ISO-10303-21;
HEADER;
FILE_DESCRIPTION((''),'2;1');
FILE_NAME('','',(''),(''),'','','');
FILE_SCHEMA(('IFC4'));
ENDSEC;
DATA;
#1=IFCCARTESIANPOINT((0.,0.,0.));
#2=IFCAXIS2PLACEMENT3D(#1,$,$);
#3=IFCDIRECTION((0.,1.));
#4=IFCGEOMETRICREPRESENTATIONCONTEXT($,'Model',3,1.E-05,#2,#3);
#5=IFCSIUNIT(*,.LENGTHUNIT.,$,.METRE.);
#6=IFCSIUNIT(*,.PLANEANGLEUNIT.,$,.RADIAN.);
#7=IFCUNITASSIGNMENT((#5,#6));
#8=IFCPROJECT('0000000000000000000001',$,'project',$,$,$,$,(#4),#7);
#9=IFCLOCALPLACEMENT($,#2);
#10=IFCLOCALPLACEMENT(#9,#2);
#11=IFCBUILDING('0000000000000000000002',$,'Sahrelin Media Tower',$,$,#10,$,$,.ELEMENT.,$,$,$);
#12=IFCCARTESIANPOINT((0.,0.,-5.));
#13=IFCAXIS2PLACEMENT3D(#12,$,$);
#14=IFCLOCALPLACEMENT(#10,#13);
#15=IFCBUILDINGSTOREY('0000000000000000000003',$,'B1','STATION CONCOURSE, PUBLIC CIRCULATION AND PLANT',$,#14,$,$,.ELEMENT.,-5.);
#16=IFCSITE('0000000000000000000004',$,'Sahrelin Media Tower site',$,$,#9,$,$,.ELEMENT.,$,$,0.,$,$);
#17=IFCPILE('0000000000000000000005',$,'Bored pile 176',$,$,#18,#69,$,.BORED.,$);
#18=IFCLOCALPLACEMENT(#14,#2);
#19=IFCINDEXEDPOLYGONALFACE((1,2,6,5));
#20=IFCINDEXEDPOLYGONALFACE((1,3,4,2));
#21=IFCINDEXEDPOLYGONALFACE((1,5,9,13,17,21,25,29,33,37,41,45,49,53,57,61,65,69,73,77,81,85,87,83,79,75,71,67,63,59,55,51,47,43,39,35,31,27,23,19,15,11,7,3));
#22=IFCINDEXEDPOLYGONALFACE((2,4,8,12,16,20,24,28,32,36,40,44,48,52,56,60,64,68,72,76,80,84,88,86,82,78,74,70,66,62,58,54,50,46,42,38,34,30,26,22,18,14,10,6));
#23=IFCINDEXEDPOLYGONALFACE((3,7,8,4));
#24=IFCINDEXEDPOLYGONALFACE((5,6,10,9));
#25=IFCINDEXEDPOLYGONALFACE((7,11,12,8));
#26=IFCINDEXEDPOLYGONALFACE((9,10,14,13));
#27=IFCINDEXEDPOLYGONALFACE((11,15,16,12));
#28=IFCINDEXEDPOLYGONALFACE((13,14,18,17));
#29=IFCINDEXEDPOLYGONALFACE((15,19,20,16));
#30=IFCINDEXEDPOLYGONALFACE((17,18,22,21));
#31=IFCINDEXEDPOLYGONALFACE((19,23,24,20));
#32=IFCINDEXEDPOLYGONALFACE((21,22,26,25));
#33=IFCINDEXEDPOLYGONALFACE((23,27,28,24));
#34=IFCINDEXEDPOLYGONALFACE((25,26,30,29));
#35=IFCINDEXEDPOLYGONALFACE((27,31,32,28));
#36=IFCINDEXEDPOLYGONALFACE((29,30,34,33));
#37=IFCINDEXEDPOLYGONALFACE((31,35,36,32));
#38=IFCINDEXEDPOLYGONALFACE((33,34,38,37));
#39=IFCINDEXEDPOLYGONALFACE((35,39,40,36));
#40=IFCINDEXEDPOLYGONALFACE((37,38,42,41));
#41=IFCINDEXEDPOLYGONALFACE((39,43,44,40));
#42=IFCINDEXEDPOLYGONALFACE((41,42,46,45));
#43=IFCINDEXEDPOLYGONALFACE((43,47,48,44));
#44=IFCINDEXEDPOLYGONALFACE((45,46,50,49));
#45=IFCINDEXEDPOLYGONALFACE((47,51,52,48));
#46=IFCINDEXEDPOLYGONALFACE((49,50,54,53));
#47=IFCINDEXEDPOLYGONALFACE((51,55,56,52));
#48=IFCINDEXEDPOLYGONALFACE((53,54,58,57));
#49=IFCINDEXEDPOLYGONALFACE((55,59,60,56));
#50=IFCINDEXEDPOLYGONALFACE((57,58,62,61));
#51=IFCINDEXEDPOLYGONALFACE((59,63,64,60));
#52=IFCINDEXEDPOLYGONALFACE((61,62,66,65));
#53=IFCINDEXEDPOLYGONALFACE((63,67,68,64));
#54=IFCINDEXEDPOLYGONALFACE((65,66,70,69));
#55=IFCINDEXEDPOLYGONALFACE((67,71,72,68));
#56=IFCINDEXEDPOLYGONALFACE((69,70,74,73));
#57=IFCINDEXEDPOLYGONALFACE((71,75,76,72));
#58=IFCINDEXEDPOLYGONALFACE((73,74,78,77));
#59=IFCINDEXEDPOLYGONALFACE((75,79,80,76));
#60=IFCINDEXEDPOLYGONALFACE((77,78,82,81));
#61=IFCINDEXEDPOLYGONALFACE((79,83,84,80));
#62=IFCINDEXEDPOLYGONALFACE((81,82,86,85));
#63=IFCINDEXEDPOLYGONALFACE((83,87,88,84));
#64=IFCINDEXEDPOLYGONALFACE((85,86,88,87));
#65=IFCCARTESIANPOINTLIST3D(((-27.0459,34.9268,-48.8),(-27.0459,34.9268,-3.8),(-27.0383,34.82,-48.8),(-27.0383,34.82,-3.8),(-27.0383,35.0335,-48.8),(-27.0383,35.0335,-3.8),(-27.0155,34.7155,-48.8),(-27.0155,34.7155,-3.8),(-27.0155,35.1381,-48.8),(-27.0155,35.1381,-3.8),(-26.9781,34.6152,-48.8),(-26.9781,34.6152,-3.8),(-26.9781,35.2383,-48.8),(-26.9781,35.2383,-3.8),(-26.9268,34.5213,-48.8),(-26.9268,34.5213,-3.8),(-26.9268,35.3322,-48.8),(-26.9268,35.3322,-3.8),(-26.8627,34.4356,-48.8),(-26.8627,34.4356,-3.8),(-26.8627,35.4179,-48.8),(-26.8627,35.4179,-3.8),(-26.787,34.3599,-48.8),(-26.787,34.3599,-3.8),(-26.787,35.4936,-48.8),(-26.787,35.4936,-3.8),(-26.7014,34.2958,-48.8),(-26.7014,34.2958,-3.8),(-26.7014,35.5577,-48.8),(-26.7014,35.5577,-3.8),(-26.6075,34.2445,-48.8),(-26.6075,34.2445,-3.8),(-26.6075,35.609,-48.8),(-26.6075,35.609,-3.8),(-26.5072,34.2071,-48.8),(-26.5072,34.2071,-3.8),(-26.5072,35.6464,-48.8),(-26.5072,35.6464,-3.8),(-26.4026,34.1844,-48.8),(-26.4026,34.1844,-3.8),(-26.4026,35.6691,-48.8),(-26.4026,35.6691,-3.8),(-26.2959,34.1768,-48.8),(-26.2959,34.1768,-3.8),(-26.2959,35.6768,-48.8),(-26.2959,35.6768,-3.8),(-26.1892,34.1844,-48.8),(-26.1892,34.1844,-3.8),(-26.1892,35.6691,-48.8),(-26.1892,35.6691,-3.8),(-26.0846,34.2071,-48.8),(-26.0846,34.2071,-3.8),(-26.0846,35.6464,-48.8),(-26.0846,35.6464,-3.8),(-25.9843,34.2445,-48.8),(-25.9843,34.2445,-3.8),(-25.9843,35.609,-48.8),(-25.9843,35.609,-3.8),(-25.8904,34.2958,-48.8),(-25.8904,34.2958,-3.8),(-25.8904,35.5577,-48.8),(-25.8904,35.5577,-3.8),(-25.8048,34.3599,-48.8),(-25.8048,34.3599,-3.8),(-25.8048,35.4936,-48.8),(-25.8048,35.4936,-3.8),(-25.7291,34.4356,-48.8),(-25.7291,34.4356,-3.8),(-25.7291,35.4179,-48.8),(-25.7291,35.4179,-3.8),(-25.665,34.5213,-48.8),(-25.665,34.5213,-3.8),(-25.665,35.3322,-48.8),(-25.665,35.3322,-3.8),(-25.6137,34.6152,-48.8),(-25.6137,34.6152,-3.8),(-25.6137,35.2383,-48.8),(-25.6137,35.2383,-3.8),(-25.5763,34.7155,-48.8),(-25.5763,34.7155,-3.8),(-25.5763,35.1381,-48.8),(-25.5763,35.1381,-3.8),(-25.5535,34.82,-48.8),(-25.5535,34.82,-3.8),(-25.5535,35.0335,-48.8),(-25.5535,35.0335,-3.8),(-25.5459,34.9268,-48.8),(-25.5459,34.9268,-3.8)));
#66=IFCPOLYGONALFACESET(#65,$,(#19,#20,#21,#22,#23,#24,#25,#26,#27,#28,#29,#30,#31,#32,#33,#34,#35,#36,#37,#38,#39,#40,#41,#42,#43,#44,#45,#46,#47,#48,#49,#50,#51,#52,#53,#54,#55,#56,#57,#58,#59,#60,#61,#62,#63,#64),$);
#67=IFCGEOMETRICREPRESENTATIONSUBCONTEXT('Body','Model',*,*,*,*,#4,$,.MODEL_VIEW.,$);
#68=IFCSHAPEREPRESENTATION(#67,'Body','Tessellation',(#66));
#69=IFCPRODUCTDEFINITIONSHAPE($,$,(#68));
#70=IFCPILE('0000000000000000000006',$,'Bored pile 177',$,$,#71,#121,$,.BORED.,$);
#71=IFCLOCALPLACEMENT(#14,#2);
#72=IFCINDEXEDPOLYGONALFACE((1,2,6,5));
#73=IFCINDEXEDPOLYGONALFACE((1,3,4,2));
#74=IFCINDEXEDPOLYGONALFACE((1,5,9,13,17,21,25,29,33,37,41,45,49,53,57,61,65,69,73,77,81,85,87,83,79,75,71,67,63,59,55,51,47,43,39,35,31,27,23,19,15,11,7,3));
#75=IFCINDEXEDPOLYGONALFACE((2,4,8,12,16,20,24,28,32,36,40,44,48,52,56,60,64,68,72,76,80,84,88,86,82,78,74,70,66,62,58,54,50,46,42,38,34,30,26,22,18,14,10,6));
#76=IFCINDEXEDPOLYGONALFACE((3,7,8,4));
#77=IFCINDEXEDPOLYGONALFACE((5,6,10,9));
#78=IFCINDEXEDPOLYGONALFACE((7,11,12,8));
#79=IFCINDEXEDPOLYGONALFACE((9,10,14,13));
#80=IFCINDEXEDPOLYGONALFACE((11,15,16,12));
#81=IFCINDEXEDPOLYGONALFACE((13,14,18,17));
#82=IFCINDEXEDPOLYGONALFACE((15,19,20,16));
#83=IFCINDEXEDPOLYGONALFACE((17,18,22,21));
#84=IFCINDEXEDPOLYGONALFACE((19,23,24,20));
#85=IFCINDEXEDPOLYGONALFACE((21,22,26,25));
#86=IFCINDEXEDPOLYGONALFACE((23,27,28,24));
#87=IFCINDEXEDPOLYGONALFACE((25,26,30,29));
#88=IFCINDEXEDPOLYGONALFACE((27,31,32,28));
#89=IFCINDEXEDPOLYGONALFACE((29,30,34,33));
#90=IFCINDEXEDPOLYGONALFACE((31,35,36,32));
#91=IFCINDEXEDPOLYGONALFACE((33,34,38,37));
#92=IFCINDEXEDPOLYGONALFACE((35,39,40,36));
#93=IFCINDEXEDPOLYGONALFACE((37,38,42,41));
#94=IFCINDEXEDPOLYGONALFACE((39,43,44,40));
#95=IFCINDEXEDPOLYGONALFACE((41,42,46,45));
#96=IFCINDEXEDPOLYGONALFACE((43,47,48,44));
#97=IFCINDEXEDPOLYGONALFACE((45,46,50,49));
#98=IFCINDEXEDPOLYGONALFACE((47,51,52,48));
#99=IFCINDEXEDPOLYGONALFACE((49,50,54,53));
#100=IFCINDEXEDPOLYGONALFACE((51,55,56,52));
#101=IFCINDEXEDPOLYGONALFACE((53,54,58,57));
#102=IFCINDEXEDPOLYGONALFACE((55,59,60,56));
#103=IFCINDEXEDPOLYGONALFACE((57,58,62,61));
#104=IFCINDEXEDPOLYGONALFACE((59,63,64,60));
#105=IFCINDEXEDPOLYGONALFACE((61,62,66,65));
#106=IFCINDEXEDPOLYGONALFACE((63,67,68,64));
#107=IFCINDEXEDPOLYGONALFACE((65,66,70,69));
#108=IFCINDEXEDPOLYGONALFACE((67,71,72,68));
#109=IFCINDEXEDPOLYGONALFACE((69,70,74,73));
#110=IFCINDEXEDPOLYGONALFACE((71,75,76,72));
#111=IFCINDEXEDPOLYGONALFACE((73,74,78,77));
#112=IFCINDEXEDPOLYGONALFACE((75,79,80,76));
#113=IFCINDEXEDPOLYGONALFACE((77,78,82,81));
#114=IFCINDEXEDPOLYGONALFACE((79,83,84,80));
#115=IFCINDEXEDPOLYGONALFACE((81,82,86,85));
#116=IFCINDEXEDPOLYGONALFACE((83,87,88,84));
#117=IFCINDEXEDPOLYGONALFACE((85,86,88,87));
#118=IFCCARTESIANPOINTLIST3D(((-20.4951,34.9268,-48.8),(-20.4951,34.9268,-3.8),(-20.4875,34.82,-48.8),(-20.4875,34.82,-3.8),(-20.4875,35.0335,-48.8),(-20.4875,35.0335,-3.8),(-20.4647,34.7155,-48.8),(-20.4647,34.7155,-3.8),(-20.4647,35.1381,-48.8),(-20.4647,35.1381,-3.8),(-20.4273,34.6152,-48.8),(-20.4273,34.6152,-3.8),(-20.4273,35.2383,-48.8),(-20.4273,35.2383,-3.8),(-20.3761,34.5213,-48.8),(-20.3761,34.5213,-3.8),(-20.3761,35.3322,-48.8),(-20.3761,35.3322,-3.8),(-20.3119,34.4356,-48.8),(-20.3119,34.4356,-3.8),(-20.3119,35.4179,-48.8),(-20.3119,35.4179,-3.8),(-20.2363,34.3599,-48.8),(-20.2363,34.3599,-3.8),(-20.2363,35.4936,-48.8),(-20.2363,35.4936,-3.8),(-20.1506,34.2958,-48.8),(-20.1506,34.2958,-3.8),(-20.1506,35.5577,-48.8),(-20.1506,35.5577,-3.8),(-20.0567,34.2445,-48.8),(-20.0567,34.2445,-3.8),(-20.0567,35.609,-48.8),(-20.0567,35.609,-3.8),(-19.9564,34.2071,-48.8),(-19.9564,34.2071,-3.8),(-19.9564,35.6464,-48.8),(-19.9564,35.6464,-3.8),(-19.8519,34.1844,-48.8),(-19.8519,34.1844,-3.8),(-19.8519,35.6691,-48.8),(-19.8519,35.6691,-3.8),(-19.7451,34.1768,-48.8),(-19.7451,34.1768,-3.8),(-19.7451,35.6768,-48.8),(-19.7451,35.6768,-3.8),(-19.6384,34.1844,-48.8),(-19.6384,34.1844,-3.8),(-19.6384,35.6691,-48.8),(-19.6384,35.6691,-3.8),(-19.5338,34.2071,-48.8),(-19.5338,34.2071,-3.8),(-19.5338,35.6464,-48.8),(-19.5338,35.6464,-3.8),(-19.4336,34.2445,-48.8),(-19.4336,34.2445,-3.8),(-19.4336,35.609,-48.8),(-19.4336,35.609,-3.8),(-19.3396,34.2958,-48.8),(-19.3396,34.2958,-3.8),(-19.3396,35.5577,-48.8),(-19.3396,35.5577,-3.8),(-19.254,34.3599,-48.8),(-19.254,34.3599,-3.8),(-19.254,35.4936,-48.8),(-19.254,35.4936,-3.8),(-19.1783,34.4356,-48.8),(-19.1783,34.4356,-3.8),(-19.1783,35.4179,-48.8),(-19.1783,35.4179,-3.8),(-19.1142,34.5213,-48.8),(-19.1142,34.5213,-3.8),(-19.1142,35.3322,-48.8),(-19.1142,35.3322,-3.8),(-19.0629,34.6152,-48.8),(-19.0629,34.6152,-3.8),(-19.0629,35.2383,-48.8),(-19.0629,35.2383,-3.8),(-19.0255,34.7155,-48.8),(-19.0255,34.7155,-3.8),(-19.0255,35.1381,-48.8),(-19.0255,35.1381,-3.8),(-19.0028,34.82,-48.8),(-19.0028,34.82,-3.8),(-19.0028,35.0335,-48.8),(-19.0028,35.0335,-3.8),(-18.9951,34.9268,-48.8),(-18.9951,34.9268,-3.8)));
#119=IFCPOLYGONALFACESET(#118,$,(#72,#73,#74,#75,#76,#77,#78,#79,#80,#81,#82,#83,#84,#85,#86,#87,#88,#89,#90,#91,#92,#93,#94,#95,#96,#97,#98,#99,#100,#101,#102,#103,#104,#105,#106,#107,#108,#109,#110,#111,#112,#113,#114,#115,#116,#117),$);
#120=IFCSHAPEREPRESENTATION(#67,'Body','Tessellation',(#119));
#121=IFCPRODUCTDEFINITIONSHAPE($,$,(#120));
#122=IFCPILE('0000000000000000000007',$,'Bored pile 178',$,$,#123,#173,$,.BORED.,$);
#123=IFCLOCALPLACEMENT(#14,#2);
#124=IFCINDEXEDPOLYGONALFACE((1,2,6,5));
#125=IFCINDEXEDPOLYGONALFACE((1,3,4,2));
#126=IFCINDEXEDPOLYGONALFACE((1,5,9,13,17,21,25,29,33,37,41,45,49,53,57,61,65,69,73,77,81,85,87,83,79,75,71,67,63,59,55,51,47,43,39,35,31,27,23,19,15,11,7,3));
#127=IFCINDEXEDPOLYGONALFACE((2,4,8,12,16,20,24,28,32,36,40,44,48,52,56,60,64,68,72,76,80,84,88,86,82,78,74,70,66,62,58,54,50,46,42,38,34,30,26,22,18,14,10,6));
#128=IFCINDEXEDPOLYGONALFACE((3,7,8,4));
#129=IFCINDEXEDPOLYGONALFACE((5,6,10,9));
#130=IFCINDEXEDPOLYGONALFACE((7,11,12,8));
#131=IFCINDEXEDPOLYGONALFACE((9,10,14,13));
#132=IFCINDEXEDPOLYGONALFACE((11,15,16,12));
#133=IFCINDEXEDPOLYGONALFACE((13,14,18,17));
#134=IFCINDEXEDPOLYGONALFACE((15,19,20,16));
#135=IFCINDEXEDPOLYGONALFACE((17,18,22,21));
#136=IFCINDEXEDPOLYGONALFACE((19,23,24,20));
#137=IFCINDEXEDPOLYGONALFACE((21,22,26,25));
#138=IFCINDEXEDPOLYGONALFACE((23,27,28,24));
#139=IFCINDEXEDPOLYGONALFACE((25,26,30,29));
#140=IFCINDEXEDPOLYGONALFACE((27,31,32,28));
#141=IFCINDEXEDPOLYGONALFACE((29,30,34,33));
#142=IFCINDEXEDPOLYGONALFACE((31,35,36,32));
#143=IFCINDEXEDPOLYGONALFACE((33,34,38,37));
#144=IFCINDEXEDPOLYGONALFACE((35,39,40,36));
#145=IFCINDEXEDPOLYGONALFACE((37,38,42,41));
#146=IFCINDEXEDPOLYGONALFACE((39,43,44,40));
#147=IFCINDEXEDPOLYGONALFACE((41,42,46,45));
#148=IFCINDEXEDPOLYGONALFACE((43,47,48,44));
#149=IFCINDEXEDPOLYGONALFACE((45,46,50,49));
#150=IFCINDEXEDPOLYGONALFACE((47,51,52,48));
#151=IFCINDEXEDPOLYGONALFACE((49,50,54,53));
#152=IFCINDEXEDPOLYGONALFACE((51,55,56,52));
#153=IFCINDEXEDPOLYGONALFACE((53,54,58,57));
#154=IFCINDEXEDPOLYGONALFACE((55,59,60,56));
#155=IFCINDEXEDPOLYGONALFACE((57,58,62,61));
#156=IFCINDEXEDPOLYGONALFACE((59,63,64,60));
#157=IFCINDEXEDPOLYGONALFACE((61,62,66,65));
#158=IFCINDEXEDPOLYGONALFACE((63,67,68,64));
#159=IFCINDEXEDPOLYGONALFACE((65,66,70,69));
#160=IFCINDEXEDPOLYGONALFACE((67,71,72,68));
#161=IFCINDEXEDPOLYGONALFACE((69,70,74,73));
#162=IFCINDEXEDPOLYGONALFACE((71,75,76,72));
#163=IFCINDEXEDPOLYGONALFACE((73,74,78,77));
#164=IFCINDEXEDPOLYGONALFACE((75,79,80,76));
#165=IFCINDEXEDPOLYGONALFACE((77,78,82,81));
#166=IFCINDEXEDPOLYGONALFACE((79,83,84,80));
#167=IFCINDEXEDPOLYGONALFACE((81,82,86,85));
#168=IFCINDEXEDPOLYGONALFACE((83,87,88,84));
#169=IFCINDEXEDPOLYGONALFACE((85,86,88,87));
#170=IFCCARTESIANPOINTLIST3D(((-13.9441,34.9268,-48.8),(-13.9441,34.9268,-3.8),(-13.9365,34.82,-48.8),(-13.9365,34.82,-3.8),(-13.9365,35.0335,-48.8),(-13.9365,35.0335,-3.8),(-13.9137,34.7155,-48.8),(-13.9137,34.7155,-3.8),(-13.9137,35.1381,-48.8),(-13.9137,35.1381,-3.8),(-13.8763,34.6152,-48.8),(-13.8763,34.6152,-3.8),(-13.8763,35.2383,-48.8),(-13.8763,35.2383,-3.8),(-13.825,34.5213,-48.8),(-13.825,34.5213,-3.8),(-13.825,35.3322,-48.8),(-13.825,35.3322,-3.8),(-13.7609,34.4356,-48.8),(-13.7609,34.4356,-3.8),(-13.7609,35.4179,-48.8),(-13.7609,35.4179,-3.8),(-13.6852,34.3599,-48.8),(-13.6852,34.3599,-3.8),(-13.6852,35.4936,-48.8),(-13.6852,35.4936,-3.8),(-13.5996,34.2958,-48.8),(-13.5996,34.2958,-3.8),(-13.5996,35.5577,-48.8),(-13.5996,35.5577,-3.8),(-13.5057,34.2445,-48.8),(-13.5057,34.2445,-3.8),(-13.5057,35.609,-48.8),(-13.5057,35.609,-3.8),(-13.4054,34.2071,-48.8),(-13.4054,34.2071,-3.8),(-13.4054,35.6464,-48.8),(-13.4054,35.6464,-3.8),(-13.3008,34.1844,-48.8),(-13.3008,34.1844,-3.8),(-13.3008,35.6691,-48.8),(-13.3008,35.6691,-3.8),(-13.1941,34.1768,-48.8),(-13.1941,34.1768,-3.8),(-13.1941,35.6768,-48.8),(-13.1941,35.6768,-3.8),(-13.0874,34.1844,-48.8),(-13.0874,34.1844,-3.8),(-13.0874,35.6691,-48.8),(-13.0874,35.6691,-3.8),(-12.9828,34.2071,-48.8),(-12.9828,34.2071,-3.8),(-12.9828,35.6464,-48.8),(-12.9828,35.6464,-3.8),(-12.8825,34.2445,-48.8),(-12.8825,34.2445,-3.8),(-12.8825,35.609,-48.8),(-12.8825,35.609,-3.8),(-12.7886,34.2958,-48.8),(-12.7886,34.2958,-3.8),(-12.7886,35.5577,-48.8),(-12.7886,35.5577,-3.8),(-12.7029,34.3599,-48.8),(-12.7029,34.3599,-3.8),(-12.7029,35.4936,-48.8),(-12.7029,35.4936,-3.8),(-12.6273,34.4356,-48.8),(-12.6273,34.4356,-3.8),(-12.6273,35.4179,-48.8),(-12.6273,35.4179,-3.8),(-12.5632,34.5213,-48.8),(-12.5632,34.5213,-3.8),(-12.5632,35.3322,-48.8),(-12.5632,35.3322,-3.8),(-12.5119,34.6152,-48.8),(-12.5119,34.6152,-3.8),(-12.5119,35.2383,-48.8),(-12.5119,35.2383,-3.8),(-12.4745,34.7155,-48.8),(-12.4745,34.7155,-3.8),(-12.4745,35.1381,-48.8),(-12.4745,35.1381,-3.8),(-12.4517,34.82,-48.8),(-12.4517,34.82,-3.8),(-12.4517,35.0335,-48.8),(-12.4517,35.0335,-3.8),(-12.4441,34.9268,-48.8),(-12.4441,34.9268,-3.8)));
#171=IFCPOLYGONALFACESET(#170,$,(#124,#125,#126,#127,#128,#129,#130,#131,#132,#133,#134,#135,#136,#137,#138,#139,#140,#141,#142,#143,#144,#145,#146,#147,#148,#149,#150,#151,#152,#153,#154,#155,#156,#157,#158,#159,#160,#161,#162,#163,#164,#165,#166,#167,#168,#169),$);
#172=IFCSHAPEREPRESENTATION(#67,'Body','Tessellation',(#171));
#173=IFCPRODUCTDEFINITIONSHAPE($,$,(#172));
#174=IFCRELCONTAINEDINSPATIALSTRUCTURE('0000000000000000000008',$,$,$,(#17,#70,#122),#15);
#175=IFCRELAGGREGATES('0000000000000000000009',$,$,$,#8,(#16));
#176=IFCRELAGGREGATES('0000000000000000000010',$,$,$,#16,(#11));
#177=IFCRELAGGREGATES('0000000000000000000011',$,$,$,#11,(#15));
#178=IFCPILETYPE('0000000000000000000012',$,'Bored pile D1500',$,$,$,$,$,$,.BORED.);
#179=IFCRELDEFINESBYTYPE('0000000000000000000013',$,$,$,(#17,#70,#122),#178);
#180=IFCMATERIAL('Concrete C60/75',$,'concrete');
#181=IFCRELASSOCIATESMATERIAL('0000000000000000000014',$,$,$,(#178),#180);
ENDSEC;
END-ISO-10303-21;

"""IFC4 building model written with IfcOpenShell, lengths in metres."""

from ifc_helpers import new_model, si_unit, direction, frame, origin, origin_2d, place, context, subcontext, project, spatial, circle, extrude, material, material_profile, profile_set, type_object, element, save


model = new_model("IFC4")

# Units and contexts
model_context = context("Model", 3, precision=1e-05, world=origin(), true_north=direction((0.0, 1.0)))
body_context = subcontext(model_context, "Body", "Model", "MODEL_VIEW")
ifc_project = project(units=[si_unit("LENGTHUNIT", "METRE"), si_unit("PLANEANGLEUNIT", "RADIAN")], contexts=[model_context])

# Site, building, storey
site_placement = place(None, origin())
site = spatial("IfcSite", under=ifc_project, at=site_placement, Name="Sahrelin Media Tower site", CompositionType="ELEMENT", RefElevation=0.0)
building_placement = place(site_placement, origin())
building = spatial("IfcBuilding", under=site, at=building_placement, Name="Sahrelin Media Tower", CompositionType="ELEMENT")
storey_placement = place(building_placement, frame((0.0, 0.0, -5.0)))
storey = spatial("IfcBuildingStorey", under=building, at=storey_placement, Name="B1", Description="STATION CONCOURSE, PUBLIC CIRCULATION AND PLANT", CompositionType="ELEMENT", Elevation=-5.0)

# Piles
ifc_material_1 = material(Name="Concrete C60/75", Category="concrete")
ifc_material_profile_1 = material_profile(ifc_material_1, circle(Radius=0.75, at=origin_2d()), Name="Bored pile D1500")
ifc_profile_set_1 = profile_set([ifc_material_profile_1], Name="Concrete C60/75")
pile_type = type_object("IfcPileType", Name="Bored pile D1500", PredefinedType="BORED", material=ifc_profile_set_1)
for number, where, z_axis, x_axis, name in (
    (1, (-26.2959, 34.9268, -3.8), (0.0, 0.0, -1.0), (1.0, 0.0, 0.0), "Bored pile 176"),
    (2, (-19.7451, 34.9268, -3.8), (0.0, 0.0, -1.0), (1.0, 0.0, 0.0), "Bored pile 177"),
    (3, (-13.1941, 34.9268, -3.8), (0.0, 0.0, -1.0), (1.0, 0.0, 0.0), "Bored pile 178"),
):
    element("IfcPile", number, at=place(storey_placement, frame(where, z_axis=z_axis, x_axis=x_axis)), inside=storey, type_object=pile_type, Name=name, PredefinedType="BORED", context=body_context, shape_type="SweptSolid", body=[
        extrude(circle(Radius=0.75, at=origin_2d()), origin(), (0.0, 0.0, 1.0), 45.0),
    ])

save(model, "model.ifc")
